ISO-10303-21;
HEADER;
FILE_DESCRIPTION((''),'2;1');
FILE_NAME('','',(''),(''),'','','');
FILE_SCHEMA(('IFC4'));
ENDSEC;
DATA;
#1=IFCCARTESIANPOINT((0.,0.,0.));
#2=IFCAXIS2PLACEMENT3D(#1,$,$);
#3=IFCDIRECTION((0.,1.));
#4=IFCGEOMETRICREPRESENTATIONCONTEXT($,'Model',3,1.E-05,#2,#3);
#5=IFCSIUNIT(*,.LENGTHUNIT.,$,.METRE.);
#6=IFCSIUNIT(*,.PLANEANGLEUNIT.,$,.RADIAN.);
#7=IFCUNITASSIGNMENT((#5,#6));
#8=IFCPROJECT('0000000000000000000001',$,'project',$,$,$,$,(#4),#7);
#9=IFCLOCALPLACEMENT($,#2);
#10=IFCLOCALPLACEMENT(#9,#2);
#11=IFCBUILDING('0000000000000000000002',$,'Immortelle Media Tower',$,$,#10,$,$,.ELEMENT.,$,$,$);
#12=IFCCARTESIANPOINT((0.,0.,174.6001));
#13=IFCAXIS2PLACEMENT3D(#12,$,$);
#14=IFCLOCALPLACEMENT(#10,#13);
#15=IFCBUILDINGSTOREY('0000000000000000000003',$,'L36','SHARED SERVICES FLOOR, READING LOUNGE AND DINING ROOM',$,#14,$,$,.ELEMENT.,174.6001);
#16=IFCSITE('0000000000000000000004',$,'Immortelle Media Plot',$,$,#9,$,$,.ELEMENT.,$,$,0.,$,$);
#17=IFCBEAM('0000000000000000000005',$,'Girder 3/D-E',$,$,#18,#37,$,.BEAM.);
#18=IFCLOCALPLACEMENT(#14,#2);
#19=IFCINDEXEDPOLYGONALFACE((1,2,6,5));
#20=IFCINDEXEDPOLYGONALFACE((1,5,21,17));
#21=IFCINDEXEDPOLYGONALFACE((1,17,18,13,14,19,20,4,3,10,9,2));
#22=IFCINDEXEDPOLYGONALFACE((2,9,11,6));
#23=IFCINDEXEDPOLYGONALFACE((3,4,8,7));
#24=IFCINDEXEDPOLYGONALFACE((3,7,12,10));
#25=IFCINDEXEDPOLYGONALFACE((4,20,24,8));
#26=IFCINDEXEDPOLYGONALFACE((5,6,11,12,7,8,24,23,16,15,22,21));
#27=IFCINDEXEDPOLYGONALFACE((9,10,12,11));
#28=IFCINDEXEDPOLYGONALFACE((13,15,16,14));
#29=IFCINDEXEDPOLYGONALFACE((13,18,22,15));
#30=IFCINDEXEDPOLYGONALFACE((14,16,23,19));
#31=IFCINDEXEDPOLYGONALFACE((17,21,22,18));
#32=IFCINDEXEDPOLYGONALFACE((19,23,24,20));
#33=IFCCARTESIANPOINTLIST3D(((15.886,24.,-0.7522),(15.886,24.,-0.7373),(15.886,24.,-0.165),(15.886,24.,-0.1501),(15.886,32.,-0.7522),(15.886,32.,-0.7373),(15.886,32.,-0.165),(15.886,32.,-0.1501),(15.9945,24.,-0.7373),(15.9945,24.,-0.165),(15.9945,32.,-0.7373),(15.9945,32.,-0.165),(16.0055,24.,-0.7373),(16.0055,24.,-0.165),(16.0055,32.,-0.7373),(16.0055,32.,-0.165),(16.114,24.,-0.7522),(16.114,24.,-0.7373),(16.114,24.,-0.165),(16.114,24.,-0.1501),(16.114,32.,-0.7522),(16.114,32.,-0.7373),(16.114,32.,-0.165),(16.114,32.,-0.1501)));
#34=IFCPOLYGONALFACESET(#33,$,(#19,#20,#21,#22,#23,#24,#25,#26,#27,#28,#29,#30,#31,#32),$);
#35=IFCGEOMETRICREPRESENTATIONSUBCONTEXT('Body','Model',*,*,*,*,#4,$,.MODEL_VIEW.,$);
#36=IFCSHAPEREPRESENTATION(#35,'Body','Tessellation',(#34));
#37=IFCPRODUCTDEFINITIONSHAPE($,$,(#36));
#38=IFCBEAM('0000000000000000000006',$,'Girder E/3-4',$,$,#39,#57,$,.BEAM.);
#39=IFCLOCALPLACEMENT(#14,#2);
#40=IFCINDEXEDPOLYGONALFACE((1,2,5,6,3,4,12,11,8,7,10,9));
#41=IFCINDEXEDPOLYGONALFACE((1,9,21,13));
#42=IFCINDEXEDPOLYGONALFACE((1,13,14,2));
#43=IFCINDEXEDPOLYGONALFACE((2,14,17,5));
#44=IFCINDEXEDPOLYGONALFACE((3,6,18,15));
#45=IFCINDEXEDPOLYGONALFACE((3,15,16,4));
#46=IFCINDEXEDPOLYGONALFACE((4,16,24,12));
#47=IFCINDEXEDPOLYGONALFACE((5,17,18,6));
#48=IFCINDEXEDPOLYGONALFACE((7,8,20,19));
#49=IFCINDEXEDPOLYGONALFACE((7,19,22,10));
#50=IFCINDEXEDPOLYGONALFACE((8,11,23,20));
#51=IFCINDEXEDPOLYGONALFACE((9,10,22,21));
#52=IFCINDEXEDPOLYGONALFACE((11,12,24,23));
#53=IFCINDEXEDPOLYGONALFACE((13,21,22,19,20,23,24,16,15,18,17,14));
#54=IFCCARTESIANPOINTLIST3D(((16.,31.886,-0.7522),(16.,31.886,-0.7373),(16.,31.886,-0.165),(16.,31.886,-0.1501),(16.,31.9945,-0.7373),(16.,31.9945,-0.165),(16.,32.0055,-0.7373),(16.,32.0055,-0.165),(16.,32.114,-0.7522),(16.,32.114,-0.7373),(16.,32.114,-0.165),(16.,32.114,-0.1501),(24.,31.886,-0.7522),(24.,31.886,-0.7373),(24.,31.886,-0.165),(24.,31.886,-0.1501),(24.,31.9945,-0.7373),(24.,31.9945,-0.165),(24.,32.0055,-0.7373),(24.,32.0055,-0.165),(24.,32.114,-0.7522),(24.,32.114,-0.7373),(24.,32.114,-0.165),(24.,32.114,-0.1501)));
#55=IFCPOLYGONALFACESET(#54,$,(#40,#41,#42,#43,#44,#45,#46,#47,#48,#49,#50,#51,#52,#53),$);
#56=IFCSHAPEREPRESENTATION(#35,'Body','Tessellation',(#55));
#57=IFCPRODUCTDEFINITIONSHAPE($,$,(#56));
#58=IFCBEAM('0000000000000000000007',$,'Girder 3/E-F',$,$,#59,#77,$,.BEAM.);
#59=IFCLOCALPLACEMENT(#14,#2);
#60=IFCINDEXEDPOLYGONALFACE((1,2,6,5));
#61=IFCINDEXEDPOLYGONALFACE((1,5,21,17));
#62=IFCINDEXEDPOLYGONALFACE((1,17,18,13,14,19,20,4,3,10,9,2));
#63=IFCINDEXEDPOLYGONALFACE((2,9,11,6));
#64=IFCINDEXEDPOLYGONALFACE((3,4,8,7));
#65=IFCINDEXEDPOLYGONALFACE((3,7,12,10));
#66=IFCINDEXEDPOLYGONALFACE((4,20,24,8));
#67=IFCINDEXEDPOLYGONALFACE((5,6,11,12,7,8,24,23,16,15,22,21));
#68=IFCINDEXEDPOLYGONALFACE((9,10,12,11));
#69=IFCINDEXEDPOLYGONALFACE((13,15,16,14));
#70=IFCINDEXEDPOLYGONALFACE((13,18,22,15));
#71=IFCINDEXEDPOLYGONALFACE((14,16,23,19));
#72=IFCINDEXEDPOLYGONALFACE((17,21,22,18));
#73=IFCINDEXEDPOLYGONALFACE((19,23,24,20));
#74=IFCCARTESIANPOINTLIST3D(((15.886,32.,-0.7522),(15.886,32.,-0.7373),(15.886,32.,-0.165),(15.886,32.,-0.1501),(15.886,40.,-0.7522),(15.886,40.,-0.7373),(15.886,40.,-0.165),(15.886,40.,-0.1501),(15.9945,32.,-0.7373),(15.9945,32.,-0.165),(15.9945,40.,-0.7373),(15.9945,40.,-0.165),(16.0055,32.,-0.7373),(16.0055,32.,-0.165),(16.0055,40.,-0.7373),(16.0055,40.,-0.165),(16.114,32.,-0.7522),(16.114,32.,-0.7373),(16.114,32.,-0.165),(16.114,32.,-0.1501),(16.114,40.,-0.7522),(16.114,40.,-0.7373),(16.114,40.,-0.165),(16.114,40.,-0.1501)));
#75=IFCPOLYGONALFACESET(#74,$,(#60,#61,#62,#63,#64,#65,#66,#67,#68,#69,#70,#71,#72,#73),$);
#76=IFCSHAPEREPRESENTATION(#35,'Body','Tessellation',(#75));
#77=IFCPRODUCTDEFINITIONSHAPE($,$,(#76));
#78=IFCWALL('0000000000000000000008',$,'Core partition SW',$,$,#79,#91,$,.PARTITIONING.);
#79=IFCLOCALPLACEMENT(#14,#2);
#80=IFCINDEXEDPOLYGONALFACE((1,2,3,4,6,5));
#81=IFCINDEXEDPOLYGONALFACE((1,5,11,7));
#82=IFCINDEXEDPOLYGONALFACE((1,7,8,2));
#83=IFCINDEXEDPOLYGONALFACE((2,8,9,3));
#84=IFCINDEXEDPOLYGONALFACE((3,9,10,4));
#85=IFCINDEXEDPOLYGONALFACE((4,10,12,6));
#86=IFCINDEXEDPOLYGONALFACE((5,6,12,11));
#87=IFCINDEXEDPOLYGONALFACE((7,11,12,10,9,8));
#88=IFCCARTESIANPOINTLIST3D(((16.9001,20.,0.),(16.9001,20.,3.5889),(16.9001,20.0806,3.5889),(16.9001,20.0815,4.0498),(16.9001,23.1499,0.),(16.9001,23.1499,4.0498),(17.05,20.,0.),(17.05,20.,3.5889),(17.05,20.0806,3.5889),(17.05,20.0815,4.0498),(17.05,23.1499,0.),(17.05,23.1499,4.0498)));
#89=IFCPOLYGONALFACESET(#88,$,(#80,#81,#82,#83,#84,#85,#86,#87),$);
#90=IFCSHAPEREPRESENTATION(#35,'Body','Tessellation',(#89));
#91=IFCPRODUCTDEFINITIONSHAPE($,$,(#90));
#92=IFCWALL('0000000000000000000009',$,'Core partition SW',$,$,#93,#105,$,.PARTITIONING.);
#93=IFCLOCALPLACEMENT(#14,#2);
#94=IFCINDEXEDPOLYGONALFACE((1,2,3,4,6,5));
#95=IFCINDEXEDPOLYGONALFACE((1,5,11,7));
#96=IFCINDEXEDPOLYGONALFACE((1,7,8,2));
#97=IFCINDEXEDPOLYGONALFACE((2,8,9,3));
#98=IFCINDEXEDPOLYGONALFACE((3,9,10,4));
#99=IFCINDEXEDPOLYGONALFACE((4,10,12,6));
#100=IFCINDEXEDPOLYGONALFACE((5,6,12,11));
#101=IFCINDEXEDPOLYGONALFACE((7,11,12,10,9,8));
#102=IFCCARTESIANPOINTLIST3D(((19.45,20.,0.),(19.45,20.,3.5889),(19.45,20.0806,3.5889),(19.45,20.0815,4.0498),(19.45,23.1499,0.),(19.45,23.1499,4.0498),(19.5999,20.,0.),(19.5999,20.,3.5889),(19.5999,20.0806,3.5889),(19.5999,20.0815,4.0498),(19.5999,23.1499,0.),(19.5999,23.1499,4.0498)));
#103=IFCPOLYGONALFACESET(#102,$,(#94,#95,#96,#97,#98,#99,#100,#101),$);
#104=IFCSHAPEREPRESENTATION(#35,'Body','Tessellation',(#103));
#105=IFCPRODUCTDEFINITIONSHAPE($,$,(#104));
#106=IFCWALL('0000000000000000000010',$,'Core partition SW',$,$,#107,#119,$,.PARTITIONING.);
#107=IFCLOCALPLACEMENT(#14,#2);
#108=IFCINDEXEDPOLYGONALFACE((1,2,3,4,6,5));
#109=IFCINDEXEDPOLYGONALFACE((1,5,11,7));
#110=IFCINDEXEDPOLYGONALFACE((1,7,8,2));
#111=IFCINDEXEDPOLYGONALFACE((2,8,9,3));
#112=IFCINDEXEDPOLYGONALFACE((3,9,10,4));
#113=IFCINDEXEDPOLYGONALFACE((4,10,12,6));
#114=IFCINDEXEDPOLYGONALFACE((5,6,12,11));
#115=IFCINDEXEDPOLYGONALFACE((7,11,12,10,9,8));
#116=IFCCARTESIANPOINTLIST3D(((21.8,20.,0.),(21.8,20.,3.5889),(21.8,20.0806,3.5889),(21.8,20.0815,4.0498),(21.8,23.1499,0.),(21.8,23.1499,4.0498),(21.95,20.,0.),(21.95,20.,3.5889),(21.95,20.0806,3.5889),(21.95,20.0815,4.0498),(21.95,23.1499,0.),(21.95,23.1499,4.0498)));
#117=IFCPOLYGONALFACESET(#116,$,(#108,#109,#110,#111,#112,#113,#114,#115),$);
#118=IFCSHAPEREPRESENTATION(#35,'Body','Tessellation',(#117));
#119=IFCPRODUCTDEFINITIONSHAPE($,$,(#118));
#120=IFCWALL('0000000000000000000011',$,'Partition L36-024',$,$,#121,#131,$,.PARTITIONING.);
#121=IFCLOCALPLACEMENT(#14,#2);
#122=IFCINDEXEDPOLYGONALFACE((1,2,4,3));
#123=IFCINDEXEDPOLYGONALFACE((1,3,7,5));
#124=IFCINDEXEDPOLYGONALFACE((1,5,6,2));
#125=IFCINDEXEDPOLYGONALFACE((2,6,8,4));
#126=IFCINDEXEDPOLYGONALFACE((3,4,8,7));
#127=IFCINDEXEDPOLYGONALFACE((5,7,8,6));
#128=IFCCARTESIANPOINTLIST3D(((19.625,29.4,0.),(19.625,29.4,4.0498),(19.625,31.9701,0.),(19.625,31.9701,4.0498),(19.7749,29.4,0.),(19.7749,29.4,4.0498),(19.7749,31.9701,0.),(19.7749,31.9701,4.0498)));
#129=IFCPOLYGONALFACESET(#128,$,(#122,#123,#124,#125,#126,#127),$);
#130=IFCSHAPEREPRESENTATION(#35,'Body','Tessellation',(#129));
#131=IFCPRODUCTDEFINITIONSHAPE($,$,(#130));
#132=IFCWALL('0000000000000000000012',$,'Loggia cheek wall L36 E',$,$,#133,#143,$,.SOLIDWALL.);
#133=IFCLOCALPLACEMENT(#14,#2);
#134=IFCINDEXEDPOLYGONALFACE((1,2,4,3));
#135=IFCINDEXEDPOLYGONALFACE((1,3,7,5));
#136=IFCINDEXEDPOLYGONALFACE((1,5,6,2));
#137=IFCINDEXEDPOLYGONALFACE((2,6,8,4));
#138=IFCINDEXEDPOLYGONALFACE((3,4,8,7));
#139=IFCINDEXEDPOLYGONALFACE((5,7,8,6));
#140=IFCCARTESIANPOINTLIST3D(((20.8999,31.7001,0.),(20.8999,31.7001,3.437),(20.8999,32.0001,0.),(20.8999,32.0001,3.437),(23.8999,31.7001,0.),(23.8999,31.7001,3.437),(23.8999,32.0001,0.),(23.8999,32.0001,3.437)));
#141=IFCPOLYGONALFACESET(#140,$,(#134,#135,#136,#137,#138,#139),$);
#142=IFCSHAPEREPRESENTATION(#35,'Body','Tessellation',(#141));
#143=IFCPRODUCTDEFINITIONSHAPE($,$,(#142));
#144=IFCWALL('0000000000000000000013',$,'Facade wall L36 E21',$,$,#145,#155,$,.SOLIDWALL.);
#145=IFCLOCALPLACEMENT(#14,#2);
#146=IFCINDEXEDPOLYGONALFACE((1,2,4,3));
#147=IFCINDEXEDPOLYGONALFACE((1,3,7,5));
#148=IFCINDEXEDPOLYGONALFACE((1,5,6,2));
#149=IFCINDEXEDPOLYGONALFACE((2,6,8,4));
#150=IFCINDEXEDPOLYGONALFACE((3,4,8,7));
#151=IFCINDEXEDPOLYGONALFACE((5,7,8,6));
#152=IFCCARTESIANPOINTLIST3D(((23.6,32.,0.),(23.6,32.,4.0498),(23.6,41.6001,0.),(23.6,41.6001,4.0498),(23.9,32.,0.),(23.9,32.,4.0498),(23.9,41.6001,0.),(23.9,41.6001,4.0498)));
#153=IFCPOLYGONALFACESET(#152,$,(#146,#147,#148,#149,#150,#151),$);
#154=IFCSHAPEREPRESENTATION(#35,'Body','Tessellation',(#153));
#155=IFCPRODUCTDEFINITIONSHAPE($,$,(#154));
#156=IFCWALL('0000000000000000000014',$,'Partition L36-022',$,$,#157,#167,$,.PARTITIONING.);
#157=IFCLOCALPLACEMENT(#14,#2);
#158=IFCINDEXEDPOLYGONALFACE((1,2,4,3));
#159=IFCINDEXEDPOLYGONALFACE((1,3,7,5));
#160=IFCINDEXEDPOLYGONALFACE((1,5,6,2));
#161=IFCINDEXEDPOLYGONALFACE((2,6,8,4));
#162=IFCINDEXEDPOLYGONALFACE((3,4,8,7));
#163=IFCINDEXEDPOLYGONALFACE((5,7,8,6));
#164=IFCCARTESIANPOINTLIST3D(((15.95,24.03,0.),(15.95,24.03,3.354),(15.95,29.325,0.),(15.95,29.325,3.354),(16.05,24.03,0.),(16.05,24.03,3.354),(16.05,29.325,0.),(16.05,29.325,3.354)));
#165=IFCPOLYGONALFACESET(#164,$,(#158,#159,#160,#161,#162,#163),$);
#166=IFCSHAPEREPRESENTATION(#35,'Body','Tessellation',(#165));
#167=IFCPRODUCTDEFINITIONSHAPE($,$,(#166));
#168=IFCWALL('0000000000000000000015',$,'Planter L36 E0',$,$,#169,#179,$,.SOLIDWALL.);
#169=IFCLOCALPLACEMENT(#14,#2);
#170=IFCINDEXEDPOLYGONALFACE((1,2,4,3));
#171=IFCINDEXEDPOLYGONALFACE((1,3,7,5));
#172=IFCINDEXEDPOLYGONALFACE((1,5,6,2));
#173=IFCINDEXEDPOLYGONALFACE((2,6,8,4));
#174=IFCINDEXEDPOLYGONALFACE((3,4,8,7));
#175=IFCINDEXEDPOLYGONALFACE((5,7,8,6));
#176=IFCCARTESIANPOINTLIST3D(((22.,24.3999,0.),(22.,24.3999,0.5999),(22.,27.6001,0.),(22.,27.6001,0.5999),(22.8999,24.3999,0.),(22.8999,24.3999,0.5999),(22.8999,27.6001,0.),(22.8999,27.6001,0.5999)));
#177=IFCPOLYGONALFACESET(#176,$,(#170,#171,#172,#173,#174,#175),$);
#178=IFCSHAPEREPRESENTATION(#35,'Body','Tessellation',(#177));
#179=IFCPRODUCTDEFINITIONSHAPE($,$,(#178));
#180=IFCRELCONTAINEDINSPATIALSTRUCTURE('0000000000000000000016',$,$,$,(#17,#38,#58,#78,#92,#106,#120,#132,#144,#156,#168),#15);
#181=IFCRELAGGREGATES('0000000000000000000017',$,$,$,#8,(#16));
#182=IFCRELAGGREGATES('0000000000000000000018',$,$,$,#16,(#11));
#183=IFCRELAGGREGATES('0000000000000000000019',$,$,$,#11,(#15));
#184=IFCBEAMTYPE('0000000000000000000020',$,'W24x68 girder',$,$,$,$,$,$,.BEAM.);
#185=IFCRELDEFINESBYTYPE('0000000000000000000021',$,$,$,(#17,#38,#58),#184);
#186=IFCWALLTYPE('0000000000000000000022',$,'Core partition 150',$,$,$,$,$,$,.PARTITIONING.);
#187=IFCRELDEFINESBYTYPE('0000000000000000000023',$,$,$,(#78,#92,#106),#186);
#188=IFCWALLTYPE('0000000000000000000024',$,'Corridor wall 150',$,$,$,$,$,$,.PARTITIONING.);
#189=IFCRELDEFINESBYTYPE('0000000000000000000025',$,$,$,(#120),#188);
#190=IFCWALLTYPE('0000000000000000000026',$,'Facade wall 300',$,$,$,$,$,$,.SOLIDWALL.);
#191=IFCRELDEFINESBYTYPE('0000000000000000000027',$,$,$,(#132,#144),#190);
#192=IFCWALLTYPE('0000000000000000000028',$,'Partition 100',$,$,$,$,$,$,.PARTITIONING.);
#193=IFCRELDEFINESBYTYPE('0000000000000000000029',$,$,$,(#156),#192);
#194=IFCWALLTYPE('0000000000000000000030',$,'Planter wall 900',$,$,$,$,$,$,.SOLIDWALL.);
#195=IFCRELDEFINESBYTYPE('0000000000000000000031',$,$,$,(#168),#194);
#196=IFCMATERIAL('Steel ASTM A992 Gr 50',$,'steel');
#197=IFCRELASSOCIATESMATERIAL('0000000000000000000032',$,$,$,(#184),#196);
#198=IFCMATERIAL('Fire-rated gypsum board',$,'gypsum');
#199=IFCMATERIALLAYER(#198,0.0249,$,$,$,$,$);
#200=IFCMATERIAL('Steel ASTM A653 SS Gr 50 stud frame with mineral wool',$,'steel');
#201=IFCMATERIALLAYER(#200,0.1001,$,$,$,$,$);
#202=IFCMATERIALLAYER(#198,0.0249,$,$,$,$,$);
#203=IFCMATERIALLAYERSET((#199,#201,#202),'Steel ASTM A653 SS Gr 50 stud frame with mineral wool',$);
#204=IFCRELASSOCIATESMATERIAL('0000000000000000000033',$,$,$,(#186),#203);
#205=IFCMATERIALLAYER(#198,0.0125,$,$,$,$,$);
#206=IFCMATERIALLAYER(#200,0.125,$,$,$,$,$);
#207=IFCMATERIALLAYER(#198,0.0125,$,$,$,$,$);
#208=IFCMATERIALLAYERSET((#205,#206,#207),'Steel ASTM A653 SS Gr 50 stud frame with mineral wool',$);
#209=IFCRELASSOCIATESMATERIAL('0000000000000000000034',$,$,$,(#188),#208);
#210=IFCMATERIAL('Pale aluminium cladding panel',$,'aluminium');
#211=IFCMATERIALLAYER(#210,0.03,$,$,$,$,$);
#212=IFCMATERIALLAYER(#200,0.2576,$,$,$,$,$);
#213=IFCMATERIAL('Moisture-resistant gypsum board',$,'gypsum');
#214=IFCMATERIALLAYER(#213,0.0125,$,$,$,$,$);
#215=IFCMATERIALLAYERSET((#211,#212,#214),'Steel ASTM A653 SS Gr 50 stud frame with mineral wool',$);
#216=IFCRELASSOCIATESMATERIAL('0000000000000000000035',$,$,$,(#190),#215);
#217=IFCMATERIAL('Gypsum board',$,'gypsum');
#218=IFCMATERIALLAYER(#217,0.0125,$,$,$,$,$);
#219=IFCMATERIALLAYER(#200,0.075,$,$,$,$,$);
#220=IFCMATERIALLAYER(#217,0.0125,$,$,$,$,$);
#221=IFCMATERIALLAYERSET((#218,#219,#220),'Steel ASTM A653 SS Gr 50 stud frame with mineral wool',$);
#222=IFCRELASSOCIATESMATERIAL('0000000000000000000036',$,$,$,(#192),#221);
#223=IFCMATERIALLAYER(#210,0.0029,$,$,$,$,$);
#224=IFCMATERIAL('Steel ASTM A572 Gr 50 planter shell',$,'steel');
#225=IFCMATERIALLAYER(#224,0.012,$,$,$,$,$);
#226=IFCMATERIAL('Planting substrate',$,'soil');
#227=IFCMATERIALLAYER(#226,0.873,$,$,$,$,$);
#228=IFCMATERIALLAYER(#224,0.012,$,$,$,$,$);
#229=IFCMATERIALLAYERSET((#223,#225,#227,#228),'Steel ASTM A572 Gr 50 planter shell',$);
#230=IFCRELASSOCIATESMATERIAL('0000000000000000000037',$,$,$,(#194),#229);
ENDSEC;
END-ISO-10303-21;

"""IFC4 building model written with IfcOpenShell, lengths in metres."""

from ifc_helpers import new_model, si_unit, direction, frame, frame_2d, origin, origin_2d, place, context, subcontext, project, spatial, polyline, rectangle, i_section, outline, extrude, material, layer, layer_set, material_profile, profile_set, type_object, element, save


model = new_model("IFC4")

# Units and contexts
model_context = context("Model", 3, precision=1e-05, world=origin(), true_north=direction((0.0, 1.0)))
body_context = subcontext(model_context, "Body", "Model", "MODEL_VIEW")
ifc_project = project(units=[si_unit("LENGTHUNIT", "METRE"), si_unit("PLANEANGLEUNIT", "RADIAN")], contexts=[model_context])

# Site, building, storey
site_placement = place(None, origin())
site = spatial("IfcSite", under=ifc_project, at=site_placement, Name="Immortelle Media Plot", CompositionType="ELEMENT", RefElevation=0.0)
building_placement = place(site_placement, origin())
building = spatial("IfcBuilding", under=site, at=building_placement, Name="Immortelle Media Tower", CompositionType="ELEMENT")
storey_placement = place(building_placement, frame((0.0, 0.0, 174.6001)))
storey = spatial("IfcBuildingStorey", under=building, at=storey_placement, Name="L36", Description="SHARED SERVICES FLOOR, READING LOUNGE AND DINING ROOM", CompositionType="ELEMENT", Elevation=174.6001)

# Shared definitions
ifc_material_1 = material(Name="Steel ASTM A992 Gr 50", Category="steel")

# Beams
ifc_material_profile_1 = material_profile(ifc_material_1, i_section(OverallWidth=0.228, OverallDepth=0.6021, WebThickness=0.011, FlangeThickness=0.0149, at=origin_2d()), Name="W24x68")
ifc_profile_set_1 = profile_set([ifc_material_profile_1], Name="Steel ASTM A992 Gr 50")
beam_type_1 = type_object("IfcBeamType", Name="W24x68 girder", PredefinedType="BEAM", material=ifc_profile_set_1)
for number, where, z_axis, x_axis, name in (
    (1, (16.0, 24.0, -0.4512), (0.0, 1.0, 0.0), (-1.0, 0.0, 0.0), "Girder 3/D-E"),
    (2, (16.0, 32.0, -0.4512), (1.0, 0.0, 0.0), (0.0, 1.0, 0.0), "Girder E/3-4"),
    (3, (16.0, 32.0, -0.4512), (0.0, 1.0, 0.0), (-1.0, 0.0, 0.0), "Girder 3/E-F"),
):
    element("IfcBeam", number, at=place(storey_placement, frame(where, z_axis=z_axis, x_axis=x_axis)), inside=storey, type_object=beam_type_1, Name=name, PredefinedType="BEAM", context=body_context, shape_type="SweptSolid", body=[
        extrude(i_section(OverallWidth=0.228, OverallDepth=0.6021, WebThickness=0.011, FlangeThickness=0.0149, at=origin_2d()), origin(), (0.0, 0.0, 1.0), 8.0),
    ])

# Walls
ifc_material_2 = material(Name="Fire-rated gypsum board", Category="gypsum")
ifc_layer_1 = layer(ifc_material_2, 0.0249)
ifc_material_3 = material(Name="Steel ASTM A653 SS Gr 50 stud frame with mineral wool", Category="steel")
ifc_layer_2 = layer(ifc_material_3, 0.1001)
ifc_layer_3 = layer(ifc_material_2, 0.0249)
ifc_layer_set_1 = layer_set([ifc_layer_1, ifc_layer_2, ifc_layer_3], Name="Steel ASTM A653 SS Gr 50 stud frame with mineral wool")
wall_type_1 = type_object("IfcWallType", Name="Core partition 150", PredefinedType="PARTITIONING", material=ifc_layer_set_1)
for number, where, z_axis, x_axis, name in (
    (4, (16.9751, 20.0, 0.0), (0.0, 0.0, 1.0), (0.0, 1.0, 0.0), "Core partition SW"),
    (5, (19.5249, 20.0, 0.0), (0.0, 0.0, 1.0), (0.0, 1.0, 0.0), "Core partition SW"),
    (6, (21.875, 20.0, 0.0), (0.0, 0.0, 1.0), (0.0, 1.0, 0.0), "Core partition SW"),
):
    element("IfcWall", number, at=place(storey_placement, frame(where, z_axis=z_axis, x_axis=x_axis)), inside=storey, type_object=wall_type_1, Name=name, PredefinedType="PARTITIONING", context=body_context, shape_type="SweptSolid", body=[
        extrude(outline(polyline([(0.0, 0.0), (3.1499, 0.0), (3.1499, 4.0498), (0.0815, 4.0498), (0.0806, 3.5889), (0.0, 3.5889), (0.0, 0.0)])), frame((0.0, 0.075, 0.0), z_axis=(0.0, -1.0, 0.0), x_axis=(1.0, 0.0, 0.0)), (0.0, 0.0, 1.0), 0.1499),
    ])
ifc_layer_4 = layer(ifc_material_2, 0.0125)
ifc_layer_5 = layer(ifc_material_3, 0.125)
ifc_layer_6 = layer(ifc_material_2, 0.0125)
ifc_layer_set_2 = layer_set([ifc_layer_4, ifc_layer_5, ifc_layer_6], Name="Steel ASTM A653 SS Gr 50 stud frame with mineral wool")
wall_type_2 = type_object("IfcWallType", Name="Corridor wall 150", PredefinedType="PARTITIONING", material=ifc_layer_set_2)
wall_1_placement = place(storey_placement, frame((19.7, 29.3999, 0.0), z_axis=(0.0, 0.0, 1.0), x_axis=(0.0, 1.0, 0.0)))
element("IfcWall", 7, at=wall_1_placement, inside=storey, type_object=wall_type_2, Name="Partition L36-024", PredefinedType="PARTITIONING", context=body_context, shape_type="SweptSolid", body=[
    extrude(rectangle(XDim=2.5701, YDim=0.1499, at=frame_2d((1.2852, 0.0))), origin(), (0.0, 0.0, 1.0), 4.0498),
])

# Shared definitions
ifc_material_4 = material(Name="Pale aluminium cladding panel", Category="aluminium")
ifc_layer_7 = layer(ifc_material_4, 0.03)
ifc_layer_8 = layer(ifc_material_3, 0.2576)
ifc_material_5 = material(Name="Moisture-resistant gypsum board", Category="gypsum")
ifc_layer_9 = layer(ifc_material_5, 0.0125)
ifc_layer_set_3 = layer_set([ifc_layer_7, ifc_layer_8, ifc_layer_9], Name="Steel ASTM A653 SS Gr 50 stud frame with mineral wool")
wall_type_3 = type_object("IfcWallType", Name="Facade wall 300", PredefinedType="SOLIDWALL", material=ifc_layer_set_3)

# Walls
wall_2_placement = place(storey_placement, frame((23.8999, 31.8501, 0.0), z_axis=(0.0, 0.0, 1.0), x_axis=(-1.0, 0.0, 0.0)))
element("IfcWall", 8, at=wall_2_placement, inside=storey, type_object=wall_type_3, Name="Loggia cheek wall L36 E", PredefinedType="SOLIDWALL", context=body_context, shape_type="SweptSolid", body=[
    extrude(rectangle(XDim=3.0, YDim=0.3, at=frame_2d((1.5, 0.0))), origin(), (0.0, 0.0, 1.0), 3.437),
])
wall_3_placement = place(storey_placement, frame((23.75, 32.0, 0.0), z_axis=(0.0, 0.0, 1.0), x_axis=(0.0, 1.0, 0.0)))
element("IfcWall", 9, at=wall_3_placement, inside=storey, type_object=wall_type_3, Name="Facade wall L36 E21", PredefinedType="SOLIDWALL", context=body_context, shape_type="SweptSolid", body=[
    extrude(rectangle(XDim=9.6001, YDim=0.3, at=frame_2d((4.8, 0.0))), origin(), (0.0, 0.0, 1.0), 4.0498),
])
ifc_material_6 = material(Name="Gypsum board", Category="gypsum")
ifc_layer_10 = layer(ifc_material_6, 0.0125)
ifc_layer_11 = layer(ifc_material_3, 0.075)
ifc_layer_12 = layer(ifc_material_6, 0.0125)
ifc_layer_set_4 = layer_set([ifc_layer_10, ifc_layer_11, ifc_layer_12], Name="Steel ASTM A653 SS Gr 50 stud frame with mineral wool")
wall_type_4 = type_object("IfcWallType", Name="Partition 100", PredefinedType="PARTITIONING", material=ifc_layer_set_4)
wall_4_placement = place(storey_placement, frame((16.0, 24.03, 0.0), z_axis=(0.0, 0.0, 1.0), x_axis=(0.0, 1.0, 0.0)))
element("IfcWall", 10, at=wall_4_placement, inside=storey, type_object=wall_type_4, Name="Partition L36-022", PredefinedType="PARTITIONING", context=body_context, shape_type="SweptSolid", body=[
    extrude(rectangle(XDim=5.2949, YDim=0.1001, at=frame_2d((2.6475, 0.0))), origin(), (0.0, 0.0, 1.0), 3.354),
])
ifc_layer_13 = layer(ifc_material_4, 0.0029)
ifc_material_7 = material(Name="Steel ASTM A572 Gr 50 planter shell", Category="steel")
ifc_layer_14 = layer(ifc_material_7, 0.012)
ifc_material_8 = material(Name="Planting substrate", Category="soil")
ifc_layer_15 = layer(ifc_material_8, 0.873)
ifc_layer_16 = layer(ifc_material_7, 0.012)
ifc_layer_set_5 = layer_set([ifc_layer_13, ifc_layer_14, ifc_layer_15, ifc_layer_16], Name="Steel ASTM A572 Gr 50 planter shell")
wall_type_5 = type_object("IfcWallType", Name="Planter wall 900", PredefinedType="SOLIDWALL", material=ifc_layer_set_5)
wall_5_placement = place(storey_placement, frame((22.45, 24.3999, 0.0), z_axis=(0.0, 0.0, 1.0), x_axis=(0.0, 1.0, 0.0)))
element("IfcWall", 11, at=wall_5_placement, inside=storey, type_object=wall_type_5, Name="Planter L36 E0", PredefinedType="SOLIDWALL", context=body_context, shape_type="SweptSolid", body=[
    extrude(rectangle(XDim=3.2002, YDim=0.8999, at=frame_2d((1.6001, 0.0))), origin(), (0.0, 0.0, 1.0), 0.5999),
])

save(model, "model.ifc")
